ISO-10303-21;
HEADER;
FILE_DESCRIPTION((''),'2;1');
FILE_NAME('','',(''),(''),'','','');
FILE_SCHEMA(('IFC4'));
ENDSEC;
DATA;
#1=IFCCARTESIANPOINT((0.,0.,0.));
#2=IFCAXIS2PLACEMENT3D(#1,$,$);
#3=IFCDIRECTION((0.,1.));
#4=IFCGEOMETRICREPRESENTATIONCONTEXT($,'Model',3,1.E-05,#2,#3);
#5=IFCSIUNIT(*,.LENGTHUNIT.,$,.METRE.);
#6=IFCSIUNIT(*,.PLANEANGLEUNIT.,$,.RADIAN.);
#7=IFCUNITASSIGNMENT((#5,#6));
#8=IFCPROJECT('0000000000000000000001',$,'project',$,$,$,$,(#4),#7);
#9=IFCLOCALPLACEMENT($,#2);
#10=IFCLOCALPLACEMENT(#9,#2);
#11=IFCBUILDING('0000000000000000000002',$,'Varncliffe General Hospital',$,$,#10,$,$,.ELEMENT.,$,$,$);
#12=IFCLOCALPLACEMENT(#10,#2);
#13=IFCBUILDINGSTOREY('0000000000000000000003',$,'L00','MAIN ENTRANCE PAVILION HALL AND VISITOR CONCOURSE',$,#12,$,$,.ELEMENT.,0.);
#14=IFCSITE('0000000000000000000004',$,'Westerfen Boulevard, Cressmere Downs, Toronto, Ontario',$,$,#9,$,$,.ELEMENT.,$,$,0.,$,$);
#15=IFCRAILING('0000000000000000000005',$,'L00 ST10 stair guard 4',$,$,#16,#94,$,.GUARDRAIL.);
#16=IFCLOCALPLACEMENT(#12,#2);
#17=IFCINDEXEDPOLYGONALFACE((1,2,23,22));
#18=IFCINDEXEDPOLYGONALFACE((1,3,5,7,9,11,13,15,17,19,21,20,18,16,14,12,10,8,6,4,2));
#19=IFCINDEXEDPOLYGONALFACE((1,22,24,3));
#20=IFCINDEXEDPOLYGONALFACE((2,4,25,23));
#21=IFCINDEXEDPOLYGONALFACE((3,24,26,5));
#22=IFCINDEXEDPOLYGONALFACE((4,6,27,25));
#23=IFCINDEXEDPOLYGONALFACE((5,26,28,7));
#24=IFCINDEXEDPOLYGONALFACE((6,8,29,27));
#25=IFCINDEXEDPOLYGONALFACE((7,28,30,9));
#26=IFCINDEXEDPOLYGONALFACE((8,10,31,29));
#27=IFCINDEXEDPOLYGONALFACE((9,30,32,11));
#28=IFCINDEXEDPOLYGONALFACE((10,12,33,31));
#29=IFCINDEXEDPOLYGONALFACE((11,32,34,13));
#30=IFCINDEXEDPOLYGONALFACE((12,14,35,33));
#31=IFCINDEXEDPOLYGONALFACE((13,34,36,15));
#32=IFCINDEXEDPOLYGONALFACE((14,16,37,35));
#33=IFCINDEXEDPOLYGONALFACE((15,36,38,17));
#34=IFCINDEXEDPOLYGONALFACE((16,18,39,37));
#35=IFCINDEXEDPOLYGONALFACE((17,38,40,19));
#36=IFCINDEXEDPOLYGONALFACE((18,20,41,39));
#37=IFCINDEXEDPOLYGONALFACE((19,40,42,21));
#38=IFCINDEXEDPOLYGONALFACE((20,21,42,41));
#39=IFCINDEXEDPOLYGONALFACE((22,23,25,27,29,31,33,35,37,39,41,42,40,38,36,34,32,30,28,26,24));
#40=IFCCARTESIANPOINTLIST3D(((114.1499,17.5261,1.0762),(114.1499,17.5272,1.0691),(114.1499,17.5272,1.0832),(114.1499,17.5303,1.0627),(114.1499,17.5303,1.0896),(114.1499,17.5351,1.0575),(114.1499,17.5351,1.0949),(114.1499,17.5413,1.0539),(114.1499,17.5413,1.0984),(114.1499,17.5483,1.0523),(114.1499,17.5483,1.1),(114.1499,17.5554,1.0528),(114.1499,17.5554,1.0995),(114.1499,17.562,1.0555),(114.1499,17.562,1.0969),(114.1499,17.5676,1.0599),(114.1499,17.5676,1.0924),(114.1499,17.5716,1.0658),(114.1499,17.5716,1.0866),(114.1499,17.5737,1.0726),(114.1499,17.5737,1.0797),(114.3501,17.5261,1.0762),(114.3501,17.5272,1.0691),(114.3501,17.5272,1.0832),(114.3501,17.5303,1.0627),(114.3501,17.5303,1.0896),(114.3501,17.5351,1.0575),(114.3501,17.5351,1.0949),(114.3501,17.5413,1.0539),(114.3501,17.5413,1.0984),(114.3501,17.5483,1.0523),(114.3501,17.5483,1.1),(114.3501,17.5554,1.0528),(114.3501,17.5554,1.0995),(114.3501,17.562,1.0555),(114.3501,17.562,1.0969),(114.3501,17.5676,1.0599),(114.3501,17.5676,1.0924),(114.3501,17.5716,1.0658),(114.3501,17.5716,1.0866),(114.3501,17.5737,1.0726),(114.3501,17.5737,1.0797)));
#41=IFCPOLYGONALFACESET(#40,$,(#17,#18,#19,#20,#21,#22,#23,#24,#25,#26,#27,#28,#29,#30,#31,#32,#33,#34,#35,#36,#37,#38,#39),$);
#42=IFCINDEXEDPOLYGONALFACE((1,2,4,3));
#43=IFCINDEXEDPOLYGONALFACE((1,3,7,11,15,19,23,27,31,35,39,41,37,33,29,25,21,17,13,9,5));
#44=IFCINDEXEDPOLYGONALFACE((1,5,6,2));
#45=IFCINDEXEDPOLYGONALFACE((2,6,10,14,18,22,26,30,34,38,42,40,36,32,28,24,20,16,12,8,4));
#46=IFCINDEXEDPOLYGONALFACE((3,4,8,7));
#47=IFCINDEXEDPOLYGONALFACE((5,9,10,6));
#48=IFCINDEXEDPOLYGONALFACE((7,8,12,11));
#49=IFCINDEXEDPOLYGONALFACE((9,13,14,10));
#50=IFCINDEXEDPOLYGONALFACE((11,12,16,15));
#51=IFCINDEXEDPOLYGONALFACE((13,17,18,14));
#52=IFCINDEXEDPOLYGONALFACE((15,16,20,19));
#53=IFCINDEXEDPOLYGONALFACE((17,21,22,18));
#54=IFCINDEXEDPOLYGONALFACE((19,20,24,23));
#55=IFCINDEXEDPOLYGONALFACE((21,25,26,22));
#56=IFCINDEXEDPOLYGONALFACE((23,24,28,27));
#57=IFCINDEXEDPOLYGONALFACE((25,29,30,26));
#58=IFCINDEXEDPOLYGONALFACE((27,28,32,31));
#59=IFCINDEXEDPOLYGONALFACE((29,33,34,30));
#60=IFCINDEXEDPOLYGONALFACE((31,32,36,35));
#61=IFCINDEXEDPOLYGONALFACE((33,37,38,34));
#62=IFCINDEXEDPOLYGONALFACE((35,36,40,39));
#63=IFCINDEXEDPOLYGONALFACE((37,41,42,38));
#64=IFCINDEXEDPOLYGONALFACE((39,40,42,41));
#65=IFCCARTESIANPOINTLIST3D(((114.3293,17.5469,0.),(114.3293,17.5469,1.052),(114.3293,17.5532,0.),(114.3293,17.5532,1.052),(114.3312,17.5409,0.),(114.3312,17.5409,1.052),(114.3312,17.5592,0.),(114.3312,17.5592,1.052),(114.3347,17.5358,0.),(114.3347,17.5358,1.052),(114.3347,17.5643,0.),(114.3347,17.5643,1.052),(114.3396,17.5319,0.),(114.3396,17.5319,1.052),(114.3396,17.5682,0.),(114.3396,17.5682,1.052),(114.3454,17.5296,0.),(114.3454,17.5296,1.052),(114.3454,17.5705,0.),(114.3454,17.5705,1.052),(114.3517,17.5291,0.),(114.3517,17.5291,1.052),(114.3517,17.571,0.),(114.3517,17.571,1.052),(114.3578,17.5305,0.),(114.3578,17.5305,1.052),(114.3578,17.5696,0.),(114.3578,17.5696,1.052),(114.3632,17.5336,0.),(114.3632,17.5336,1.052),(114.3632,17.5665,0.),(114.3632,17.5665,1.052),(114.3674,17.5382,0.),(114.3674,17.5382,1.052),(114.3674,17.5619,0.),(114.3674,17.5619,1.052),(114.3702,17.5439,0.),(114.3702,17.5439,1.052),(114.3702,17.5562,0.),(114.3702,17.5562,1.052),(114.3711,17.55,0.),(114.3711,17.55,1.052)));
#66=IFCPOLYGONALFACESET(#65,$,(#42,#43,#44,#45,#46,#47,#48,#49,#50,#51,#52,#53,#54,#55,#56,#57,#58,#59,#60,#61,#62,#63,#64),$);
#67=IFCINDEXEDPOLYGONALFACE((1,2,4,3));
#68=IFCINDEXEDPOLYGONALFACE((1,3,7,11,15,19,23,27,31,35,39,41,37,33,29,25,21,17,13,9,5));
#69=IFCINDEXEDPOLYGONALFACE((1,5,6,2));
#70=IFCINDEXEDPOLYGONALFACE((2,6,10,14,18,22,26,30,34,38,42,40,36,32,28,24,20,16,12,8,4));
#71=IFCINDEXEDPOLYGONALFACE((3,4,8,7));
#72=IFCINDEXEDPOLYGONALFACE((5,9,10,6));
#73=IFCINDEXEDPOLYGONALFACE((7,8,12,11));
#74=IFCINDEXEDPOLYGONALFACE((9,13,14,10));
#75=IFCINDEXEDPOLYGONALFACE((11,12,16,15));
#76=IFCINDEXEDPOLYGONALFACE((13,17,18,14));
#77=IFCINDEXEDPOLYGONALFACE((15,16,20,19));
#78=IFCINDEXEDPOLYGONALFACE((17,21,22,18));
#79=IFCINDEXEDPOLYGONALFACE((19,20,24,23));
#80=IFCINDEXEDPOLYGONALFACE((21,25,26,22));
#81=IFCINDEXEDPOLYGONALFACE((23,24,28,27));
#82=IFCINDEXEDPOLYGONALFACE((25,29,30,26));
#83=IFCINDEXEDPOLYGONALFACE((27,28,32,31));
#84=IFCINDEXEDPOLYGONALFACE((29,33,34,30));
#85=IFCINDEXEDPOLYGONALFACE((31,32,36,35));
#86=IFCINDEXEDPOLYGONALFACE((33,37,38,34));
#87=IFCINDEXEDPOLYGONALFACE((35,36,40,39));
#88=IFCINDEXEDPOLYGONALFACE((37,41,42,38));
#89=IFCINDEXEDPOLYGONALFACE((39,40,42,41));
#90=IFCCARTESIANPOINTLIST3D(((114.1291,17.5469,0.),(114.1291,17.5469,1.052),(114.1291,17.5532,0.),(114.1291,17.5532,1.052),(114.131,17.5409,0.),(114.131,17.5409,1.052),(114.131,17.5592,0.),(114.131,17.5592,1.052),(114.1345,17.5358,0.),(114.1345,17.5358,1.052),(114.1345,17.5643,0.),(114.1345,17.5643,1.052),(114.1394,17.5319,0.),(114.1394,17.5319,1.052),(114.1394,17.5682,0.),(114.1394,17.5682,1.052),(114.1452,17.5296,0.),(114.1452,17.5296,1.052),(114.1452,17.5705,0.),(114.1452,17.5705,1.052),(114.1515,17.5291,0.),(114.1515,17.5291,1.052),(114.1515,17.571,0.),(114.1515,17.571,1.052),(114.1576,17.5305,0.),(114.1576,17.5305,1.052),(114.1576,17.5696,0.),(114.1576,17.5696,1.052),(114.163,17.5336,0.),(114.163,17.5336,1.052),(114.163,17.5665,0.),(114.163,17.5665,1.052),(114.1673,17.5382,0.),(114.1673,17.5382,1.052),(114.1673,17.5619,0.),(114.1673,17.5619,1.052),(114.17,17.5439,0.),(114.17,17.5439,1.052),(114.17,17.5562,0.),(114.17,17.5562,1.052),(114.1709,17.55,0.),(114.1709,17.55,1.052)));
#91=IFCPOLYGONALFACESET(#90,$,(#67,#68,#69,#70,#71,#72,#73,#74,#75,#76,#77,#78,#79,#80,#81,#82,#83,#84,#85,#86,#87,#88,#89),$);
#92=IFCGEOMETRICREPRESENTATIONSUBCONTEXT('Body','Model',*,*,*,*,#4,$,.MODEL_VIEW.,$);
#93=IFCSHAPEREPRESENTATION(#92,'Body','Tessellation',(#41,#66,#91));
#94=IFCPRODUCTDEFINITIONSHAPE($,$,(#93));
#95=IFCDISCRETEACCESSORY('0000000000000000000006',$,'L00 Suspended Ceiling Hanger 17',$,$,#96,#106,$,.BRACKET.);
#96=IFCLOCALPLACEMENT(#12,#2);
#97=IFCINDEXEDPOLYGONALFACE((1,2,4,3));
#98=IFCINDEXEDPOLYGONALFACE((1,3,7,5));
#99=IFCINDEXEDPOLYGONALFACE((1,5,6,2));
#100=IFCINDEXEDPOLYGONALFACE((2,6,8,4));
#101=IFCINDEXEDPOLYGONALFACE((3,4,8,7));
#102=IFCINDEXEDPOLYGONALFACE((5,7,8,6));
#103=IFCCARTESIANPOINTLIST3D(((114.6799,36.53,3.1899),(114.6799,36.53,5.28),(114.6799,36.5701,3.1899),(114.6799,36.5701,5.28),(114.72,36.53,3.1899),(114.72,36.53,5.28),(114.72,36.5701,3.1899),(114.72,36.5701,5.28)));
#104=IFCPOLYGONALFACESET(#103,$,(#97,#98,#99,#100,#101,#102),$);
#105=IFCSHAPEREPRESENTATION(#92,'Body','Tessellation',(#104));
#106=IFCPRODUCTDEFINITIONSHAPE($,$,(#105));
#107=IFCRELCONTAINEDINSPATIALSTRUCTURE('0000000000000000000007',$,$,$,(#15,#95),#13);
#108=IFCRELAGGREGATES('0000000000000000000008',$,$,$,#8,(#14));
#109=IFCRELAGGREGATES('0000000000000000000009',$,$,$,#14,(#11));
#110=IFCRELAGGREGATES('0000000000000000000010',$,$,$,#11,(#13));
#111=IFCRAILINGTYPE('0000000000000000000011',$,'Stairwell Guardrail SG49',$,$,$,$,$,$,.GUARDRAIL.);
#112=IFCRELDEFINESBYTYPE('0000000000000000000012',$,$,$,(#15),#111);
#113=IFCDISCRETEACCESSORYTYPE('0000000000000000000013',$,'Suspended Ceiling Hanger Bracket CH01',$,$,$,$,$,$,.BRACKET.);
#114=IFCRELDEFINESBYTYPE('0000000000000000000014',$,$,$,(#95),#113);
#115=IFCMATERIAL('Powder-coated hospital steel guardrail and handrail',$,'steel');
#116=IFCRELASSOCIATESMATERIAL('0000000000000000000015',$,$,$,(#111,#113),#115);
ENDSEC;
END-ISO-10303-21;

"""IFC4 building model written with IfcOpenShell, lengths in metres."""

from ifc_helpers import new_model, si_unit, direction, frame, origin, origin_2d, place, context, subcontext, project, spatial, rectangle, circle, extrude, material, type_object, element, save


model = new_model("IFC4")

# Units and contexts
model_context = context("Model", 3, precision=1e-05, world=origin(), true_north=direction((0.0, 1.0)))
body_context = subcontext(model_context, "Body", "Model", "MODEL_VIEW")
ifc_project = project(units=[si_unit("LENGTHUNIT", "METRE"), si_unit("PLANEANGLEUNIT", "RADIAN")], contexts=[model_context])

# Site, building, storey
site_placement = place(None, origin())
site = spatial("IfcSite", under=ifc_project, at=site_placement, Name="Westerfen Boulevard, Cressmere Downs, Toronto, Ontario", CompositionType="ELEMENT", RefElevation=0.0)
building_placement = place(site_placement, origin())
building = spatial("IfcBuilding", under=site, at=building_placement, Name="Varncliffe General Hospital", CompositionType="ELEMENT")
storey_placement = place(building_placement, origin())
storey = spatial("IfcBuildingStorey", under=building, at=storey_placement, Name="L00", Description="MAIN ENTRANCE PAVILION HALL AND VISITOR CONCOURSE", CompositionType="ELEMENT", Elevation=0.0)

# Railing
ifc_material_1 = material(Name="Powder-coated hospital steel guardrail and handrail", Category="steel")
railing_type_1 = type_object("IfcRailingType", Name="Stairwell Guardrail SG49", PredefinedType="GUARDRAIL", material=ifc_material_1)
railing_1_placement = place(storey_placement, frame((114.3501, 17.55, 0.0)))
element("IfcRailing", 1, at=railing_1_placement, inside=storey, type_object=railing_type_1, Name="L00 ST10 stair guard 4", PredefinedType="GUARDRAIL", context=body_context, shape_type="SweptSolid", body=[
    extrude(circle(Radius=0.0239, at=origin_2d()), frame((0.0, 0.0, 1.0762), z_axis=(-1.0, 0.0, 0.0), x_axis=(0.0, -1.0, 0.0)), (0.0, 0.0, 1.0), 0.2002),
    extrude(circle(Radius=0.021, at=origin_2d()), origin(), (0.0, 0.0, 1.0), 1.052),
    extrude(circle(Radius=0.021, at=origin_2d()), frame((-0.2002, 0.0, 0.0)), (0.0, 0.0, 1.0), 1.052),
])

# Discrete accessory
discrete_accessory_type = type_object("IfcDiscreteAccessoryType", Name="Suspended Ceiling Hanger Bracket CH01", PredefinedType="BRACKET", material=ifc_material_1)
discrete_accessory_placement = place(storey_placement, frame((114.7, 36.55, 3.1899), z_axis=(0.0, 0.0, 1.0), x_axis=(1.0, 0.0, 0.0)))
element("IfcDiscreteAccessory", 2, at=discrete_accessory_placement, inside=storey, type_object=discrete_accessory_type, Name="L00 Suspended Ceiling Hanger 17", PredefinedType="BRACKET", context=body_context, shape_type="SweptSolid", body=[
    extrude(rectangle(XDim=0.04, YDim=0.04, at=origin_2d()), origin(), (0.0, 0.0, 1.0), 2.0901),
])

save(model, "model.ifc")
